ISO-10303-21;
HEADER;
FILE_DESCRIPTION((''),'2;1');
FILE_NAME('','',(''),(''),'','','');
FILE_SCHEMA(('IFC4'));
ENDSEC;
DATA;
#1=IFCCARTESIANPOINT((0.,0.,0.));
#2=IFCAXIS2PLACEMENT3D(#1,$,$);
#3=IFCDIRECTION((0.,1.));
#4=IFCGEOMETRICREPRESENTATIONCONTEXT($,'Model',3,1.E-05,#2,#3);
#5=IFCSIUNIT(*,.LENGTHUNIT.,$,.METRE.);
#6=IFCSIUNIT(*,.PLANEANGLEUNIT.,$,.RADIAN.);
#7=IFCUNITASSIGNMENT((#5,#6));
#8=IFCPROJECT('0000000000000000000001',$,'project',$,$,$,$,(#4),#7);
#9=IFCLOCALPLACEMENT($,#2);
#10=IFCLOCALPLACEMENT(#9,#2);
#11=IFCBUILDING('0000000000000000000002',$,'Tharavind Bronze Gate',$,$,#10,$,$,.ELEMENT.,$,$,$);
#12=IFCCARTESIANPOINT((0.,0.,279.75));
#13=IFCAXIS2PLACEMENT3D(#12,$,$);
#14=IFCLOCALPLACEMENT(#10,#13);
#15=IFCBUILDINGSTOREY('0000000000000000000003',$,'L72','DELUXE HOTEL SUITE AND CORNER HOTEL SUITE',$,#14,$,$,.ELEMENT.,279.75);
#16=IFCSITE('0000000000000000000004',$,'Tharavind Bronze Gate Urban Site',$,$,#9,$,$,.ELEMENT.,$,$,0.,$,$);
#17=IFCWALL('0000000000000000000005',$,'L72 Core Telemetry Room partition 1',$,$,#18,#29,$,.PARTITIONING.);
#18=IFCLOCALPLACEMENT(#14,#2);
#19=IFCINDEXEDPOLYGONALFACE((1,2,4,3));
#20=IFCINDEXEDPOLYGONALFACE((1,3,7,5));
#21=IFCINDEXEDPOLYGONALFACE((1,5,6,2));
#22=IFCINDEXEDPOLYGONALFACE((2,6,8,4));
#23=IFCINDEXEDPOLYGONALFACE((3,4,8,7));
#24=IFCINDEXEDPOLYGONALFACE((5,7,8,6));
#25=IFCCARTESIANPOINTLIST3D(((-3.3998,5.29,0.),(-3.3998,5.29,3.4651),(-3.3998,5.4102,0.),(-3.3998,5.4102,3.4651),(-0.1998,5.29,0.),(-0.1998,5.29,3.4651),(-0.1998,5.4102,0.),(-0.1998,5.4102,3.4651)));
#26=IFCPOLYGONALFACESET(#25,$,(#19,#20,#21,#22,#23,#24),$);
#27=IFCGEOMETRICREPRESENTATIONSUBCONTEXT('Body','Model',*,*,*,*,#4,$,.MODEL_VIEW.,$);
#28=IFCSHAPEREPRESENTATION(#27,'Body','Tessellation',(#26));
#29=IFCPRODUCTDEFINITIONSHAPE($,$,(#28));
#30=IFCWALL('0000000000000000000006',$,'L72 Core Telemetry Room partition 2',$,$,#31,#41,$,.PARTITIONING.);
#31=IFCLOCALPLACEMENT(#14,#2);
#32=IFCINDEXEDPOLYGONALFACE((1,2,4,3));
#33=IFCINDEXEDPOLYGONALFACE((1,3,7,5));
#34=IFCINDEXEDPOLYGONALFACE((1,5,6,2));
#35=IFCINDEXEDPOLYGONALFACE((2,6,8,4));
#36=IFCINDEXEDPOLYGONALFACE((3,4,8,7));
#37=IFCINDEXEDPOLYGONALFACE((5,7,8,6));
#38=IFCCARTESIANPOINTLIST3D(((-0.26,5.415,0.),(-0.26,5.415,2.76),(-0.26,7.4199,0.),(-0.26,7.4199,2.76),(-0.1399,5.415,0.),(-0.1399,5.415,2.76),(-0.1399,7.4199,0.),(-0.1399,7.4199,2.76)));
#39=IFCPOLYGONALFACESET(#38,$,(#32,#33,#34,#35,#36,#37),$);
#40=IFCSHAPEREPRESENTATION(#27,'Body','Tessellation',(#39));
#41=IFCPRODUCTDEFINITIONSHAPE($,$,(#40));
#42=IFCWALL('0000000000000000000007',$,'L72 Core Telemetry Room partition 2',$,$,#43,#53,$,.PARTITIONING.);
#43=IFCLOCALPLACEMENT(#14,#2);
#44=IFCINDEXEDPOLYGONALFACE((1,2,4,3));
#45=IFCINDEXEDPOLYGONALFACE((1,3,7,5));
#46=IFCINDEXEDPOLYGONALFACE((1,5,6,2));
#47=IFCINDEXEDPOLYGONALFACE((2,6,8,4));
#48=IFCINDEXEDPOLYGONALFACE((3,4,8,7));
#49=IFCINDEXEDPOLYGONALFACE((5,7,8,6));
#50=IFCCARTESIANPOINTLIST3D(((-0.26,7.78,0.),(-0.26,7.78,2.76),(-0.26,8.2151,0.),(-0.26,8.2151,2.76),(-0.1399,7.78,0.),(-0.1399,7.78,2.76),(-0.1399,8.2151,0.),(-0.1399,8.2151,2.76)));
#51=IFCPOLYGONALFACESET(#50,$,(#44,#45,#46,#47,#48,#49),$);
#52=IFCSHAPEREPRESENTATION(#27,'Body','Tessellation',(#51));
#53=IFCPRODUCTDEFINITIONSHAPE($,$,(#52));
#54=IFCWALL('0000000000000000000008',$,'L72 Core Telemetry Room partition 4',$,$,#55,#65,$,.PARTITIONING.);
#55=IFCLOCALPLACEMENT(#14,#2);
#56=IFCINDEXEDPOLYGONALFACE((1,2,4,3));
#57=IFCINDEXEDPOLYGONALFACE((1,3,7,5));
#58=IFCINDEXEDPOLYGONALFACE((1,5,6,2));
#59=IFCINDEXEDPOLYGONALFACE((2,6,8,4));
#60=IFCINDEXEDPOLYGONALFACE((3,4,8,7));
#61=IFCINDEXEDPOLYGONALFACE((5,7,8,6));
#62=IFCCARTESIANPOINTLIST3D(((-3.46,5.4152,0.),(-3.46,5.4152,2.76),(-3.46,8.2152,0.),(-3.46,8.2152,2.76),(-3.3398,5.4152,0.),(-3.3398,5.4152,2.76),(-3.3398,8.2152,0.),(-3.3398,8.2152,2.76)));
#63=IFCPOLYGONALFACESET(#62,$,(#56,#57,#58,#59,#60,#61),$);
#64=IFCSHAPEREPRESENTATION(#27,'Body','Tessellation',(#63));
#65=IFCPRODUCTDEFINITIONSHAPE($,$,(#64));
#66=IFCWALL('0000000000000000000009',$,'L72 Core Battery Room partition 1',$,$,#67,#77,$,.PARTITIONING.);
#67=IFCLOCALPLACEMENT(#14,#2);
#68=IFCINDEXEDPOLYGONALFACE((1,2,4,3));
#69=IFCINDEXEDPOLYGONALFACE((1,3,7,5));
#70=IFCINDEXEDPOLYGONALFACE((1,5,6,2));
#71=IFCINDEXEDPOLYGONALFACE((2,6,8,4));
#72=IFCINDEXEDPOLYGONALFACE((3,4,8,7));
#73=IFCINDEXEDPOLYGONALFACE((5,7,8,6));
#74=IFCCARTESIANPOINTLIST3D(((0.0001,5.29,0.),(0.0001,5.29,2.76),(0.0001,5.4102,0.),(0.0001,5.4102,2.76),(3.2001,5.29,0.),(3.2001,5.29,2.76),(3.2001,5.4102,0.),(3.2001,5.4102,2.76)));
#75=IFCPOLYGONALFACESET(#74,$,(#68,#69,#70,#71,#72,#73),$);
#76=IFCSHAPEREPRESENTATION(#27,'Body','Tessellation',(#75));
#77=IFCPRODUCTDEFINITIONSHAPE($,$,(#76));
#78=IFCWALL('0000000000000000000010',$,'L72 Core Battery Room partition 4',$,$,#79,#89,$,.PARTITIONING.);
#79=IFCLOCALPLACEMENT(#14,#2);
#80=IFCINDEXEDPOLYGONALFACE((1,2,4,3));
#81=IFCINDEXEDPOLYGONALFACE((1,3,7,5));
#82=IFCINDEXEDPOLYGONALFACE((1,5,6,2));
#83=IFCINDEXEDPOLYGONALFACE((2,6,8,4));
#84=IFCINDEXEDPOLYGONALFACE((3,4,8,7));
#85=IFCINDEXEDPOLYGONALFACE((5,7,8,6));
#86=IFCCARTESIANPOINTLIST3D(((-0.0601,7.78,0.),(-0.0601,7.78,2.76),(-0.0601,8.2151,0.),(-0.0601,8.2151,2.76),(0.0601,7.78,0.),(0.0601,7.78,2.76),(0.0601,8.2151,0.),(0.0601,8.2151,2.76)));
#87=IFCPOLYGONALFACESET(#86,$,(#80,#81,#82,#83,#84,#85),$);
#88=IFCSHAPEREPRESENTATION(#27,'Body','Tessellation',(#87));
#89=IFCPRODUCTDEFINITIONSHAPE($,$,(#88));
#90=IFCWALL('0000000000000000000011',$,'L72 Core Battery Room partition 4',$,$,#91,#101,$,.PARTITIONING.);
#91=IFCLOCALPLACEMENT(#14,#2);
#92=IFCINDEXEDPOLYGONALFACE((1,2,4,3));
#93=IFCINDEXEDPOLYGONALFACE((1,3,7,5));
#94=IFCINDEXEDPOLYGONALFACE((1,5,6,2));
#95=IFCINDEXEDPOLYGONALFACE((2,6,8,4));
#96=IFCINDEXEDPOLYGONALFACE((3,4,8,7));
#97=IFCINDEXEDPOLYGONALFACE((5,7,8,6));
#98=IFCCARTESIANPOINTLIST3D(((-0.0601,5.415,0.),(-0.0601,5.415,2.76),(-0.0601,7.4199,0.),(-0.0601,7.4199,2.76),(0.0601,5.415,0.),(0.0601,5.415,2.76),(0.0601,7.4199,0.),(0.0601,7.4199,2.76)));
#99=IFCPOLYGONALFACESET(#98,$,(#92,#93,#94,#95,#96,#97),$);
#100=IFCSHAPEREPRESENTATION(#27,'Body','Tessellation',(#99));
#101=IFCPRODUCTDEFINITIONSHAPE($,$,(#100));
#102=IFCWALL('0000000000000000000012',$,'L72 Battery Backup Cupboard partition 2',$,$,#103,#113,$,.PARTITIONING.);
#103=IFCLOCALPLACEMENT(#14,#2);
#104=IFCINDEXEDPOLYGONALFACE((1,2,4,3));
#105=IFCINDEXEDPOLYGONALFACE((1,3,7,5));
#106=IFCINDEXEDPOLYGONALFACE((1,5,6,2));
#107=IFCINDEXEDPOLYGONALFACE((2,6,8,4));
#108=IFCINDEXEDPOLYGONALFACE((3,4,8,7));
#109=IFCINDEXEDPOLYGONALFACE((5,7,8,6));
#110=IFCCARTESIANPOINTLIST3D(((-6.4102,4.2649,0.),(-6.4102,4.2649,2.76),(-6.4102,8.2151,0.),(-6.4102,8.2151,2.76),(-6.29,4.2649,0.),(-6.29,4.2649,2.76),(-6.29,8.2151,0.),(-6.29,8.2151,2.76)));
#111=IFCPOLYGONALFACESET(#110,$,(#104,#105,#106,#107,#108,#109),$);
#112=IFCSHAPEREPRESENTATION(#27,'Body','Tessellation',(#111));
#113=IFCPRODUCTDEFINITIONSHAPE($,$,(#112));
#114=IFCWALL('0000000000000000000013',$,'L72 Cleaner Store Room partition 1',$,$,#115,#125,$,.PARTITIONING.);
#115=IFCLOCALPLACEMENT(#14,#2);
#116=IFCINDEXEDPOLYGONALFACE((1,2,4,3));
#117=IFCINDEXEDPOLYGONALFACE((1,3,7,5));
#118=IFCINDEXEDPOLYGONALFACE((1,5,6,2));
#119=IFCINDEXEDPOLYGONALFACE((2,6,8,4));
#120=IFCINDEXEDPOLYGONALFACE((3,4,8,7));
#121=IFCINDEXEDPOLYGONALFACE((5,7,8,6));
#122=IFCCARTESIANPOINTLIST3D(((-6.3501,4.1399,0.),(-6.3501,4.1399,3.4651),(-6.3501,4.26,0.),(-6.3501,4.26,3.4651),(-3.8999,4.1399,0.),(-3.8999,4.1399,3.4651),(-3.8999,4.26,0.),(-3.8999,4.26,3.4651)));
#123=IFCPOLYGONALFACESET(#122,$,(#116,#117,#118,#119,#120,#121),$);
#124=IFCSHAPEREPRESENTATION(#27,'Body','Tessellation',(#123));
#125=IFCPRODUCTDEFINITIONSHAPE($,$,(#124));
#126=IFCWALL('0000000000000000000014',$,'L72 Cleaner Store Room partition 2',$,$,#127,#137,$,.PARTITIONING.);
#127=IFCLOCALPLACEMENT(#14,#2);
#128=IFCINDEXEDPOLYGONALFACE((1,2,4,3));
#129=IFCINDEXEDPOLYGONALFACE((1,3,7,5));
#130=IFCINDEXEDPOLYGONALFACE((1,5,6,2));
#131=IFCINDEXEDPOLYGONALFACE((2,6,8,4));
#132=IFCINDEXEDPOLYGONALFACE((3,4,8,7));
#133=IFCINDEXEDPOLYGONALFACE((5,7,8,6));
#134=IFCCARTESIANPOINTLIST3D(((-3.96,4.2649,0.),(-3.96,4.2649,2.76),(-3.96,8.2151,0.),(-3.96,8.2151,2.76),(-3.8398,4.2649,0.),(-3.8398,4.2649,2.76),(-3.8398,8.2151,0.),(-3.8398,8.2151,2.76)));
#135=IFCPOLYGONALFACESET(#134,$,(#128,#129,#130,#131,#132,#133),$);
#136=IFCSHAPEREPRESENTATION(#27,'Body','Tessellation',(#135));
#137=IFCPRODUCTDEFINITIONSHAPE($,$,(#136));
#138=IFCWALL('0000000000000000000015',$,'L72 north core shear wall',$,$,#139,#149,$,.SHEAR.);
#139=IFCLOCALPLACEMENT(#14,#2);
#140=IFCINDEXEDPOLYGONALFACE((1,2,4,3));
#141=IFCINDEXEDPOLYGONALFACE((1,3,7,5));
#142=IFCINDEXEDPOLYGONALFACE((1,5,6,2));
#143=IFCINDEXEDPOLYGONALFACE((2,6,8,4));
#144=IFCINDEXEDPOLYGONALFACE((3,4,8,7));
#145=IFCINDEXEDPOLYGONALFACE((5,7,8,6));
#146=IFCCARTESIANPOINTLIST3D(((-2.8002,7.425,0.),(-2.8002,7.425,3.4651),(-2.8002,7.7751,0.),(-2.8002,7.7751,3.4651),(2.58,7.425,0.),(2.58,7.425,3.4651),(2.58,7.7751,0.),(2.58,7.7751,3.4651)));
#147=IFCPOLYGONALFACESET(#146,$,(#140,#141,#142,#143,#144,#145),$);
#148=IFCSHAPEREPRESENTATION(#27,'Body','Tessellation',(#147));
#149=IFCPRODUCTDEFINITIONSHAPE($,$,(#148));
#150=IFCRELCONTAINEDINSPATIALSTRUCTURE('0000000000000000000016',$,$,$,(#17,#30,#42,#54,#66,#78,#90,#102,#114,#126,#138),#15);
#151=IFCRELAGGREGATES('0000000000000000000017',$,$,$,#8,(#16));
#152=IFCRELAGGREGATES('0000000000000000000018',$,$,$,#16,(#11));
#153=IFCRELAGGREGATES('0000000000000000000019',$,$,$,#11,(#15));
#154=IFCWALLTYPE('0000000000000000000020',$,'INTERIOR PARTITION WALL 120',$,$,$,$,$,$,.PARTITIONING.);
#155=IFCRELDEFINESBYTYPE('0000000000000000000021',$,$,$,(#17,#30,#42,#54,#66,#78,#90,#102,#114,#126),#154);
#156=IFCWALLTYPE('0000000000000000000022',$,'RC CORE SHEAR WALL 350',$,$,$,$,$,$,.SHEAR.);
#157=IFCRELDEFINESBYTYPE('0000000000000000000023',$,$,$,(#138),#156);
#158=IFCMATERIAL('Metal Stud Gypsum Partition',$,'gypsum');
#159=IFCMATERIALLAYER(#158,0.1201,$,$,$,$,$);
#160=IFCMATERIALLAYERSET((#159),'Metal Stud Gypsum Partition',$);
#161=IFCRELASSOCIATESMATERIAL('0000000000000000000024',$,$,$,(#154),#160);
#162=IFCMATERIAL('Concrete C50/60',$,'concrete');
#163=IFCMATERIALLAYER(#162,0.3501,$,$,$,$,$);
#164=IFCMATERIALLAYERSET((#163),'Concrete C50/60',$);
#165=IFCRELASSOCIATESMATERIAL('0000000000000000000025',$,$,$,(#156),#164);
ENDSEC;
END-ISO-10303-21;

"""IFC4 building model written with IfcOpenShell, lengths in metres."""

from ifc_helpers import new_model, si_unit, direction, frame, frame_2d, origin, place, context, subcontext, project, spatial, rectangle, extrude, material, layer, layer_set, type_object, element, save


model = new_model("IFC4")

# Units and contexts
model_context = context("Model", 3, precision=1e-05, world=origin(), true_north=direction((0.0, 1.0)))
body_context = subcontext(model_context, "Body", "Model", "MODEL_VIEW")
ifc_project = project(units=[si_unit("LENGTHUNIT", "METRE"), si_unit("PLANEANGLEUNIT", "RADIAN")], contexts=[model_context])

# Site, building, storey
site_placement = place(None, origin())
site = spatial("IfcSite", under=ifc_project, at=site_placement, Name="Tharavind Bronze Gate Urban Site", CompositionType="ELEMENT", RefElevation=0.0)
building_placement = place(site_placement, origin())
building = spatial("IfcBuilding", under=site, at=building_placement, Name="Tharavind Bronze Gate", CompositionType="ELEMENT")
storey_placement = place(building_placement, frame((0.0, 0.0, 279.75)))
storey = spatial("IfcBuildingStorey", under=building, at=storey_placement, Name="L72", Description="DELUXE HOTEL SUITE AND CORNER HOTEL SUITE", CompositionType="ELEMENT", Elevation=279.75)

# Shared definitions
ifc_material_1 = material(Name="Metal Stud Gypsum Partition", Category="gypsum")
ifc_layer_1 = layer(ifc_material_1, 0.1201)
ifc_layer_set_1 = layer_set([ifc_layer_1], Name="Metal Stud Gypsum Partition")
wall_type_1 = type_object("IfcWallType", Name="INTERIOR PARTITION WALL 120", PredefinedType="PARTITIONING", material=ifc_layer_set_1)

# Walls
wall_1_placement = place(storey_placement, frame((-3.3999, 5.3501, 0.0), z_axis=(0.0, 0.0, 1.0), x_axis=(1.0, 0.0, 0.0)))
element("IfcWall", 1, at=wall_1_placement, inside=storey, type_object=wall_type_1, Name="L72 Core Telemetry Room partition 1", PredefinedType="PARTITIONING", context=body_context, shape_type="SweptSolid", body=[
    extrude(rectangle(XDim=3.2, YDim=0.1201, at=frame_2d((1.6001, 0.0))), origin(), (0.0, 0.0, 1.0), 3.4651),
])
wall_2_placement = place(storey_placement, frame((-0.2, 5.415, 0.0), z_axis=(0.0, 0.0, 1.0), x_axis=(0.0, 1.0, 0.0)))
element("IfcWall", 2, at=wall_2_placement, inside=storey, type_object=wall_type_1, Name="L72 Core Telemetry Room partition 2", PredefinedType="PARTITIONING", context=body_context, shape_type="SweptSolid", body=[
    extrude(rectangle(XDim=2.0049, YDim=0.1201, at=frame_2d((1.0024, 0.0))), origin(), (0.0, 0.0, 1.0), 2.76),
])
wall_3_placement = place(storey_placement, frame((-0.2, 7.78, 0.0), z_axis=(0.0, 0.0, 1.0), x_axis=(0.0, 1.0, 0.0)))
element("IfcWall", 3, at=wall_3_placement, inside=storey, type_object=wall_type_1, Name="L72 Core Telemetry Room partition 2", PredefinedType="PARTITIONING", context=body_context, shape_type="SweptSolid", body=[
    extrude(rectangle(XDim=0.4351, YDim=0.1201, at=frame_2d((0.2175, 0.0))), origin(), (0.0, 0.0, 1.0), 2.76),
])
wall_4_placement = place(storey_placement, frame((-3.3999, 8.2151, 0.0), z_axis=(0.0, 0.0, 1.0), x_axis=(0.0, -1.0, 0.0)))
element("IfcWall", 4, at=wall_4_placement, inside=storey, type_object=wall_type_1, Name="L72 Core Telemetry Room partition 4", PredefinedType="PARTITIONING", context=body_context, shape_type="SweptSolid", body=[
    extrude(rectangle(XDim=2.8, YDim=0.1201, at=frame_2d((1.3999, 0.0))), origin(), (0.0, 0.0, 1.0), 2.76),
])
wall_5_placement = place(storey_placement, frame((0.0, 5.3501, 0.0), z_axis=(0.0, 0.0, 1.0), x_axis=(1.0, 0.0, 0.0)))
element("IfcWall", 5, at=wall_5_placement, inside=storey, type_object=wall_type_1, Name="L72 Core Battery Room partition 1", PredefinedType="PARTITIONING", context=body_context, shape_type="SweptSolid", body=[
    extrude(rectangle(XDim=3.2, YDim=0.1201, at=frame_2d((1.6001, 0.0))), origin(), (0.0, 0.0, 1.0), 2.76),
])
wall_6_placement = place(storey_placement, frame((0.0, 8.2151, 0.0), z_axis=(0.0, 0.0, 1.0), x_axis=(0.0, -1.0, 0.0)))
element("IfcWall", 6, at=wall_6_placement, inside=storey, type_object=wall_type_1, Name="L72 Core Battery Room partition 4", PredefinedType="PARTITIONING", context=body_context, shape_type="SweptSolid", body=[
    extrude(rectangle(XDim=0.4351, YDim=0.1201, at=frame_2d((0.2175, 0.0))), origin(), (0.0, 0.0, 1.0), 2.76),
])
wall_7_placement = place(storey_placement, frame((0.0, 7.4199, 0.0), z_axis=(0.0, 0.0, 1.0), x_axis=(0.0, -1.0, 0.0)))
element("IfcWall", 7, at=wall_7_placement, inside=storey, type_object=wall_type_1, Name="L72 Core Battery Room partition 4", PredefinedType="PARTITIONING", context=body_context, shape_type="SweptSolid", body=[
    extrude(rectangle(XDim=2.0049, YDim=0.1201, at=frame_2d((1.0024, 0.0))), origin(), (0.0, 0.0, 1.0), 2.76),
])
wall_8_placement = place(storey_placement, frame((-6.3501, 4.2649, 0.0), z_axis=(0.0, 0.0, 1.0), x_axis=(0.0, 1.0, 0.0)))
element("IfcWall", 8, at=wall_8_placement, inside=storey, type_object=wall_type_1, Name="L72 Battery Backup Cupboard partition 2", PredefinedType="PARTITIONING", context=body_context, shape_type="SweptSolid", body=[
    extrude(rectangle(XDim=3.9502, YDim=0.1201, at=frame_2d((1.9751, 0.0))), origin(), (0.0, 0.0, 1.0), 2.76),
])
wall_9_placement = place(storey_placement, frame((-6.3501, 4.2, 0.0), z_axis=(0.0, 0.0, 1.0), x_axis=(1.0, 0.0, 0.0)))
element("IfcWall", 9, at=wall_9_placement, inside=storey, type_object=wall_type_1, Name="L72 Cleaner Store Room partition 1", PredefinedType="PARTITIONING", context=body_context, shape_type="SweptSolid", body=[
    extrude(rectangle(XDim=2.4502, YDim=0.1201, at=frame_2d((1.2251, 0.0))), origin(), (0.0, 0.0, 1.0), 3.4651),
])
wall_10_placement = place(storey_placement, frame((-3.8999, 4.2649, 0.0), z_axis=(0.0, 0.0, 1.0), x_axis=(0.0, 1.0, 0.0)))
element("IfcWall", 10, at=wall_10_placement, inside=storey, type_object=wall_type_1, Name="L72 Cleaner Store Room partition 2", PredefinedType="PARTITIONING", context=body_context, shape_type="SweptSolid", body=[
    extrude(rectangle(XDim=3.9502, YDim=0.1201, at=frame_2d((1.9751, 0.0))), origin(), (0.0, 0.0, 1.0), 2.76),
])
ifc_material_2 = material(Name="Concrete C50/60", Category="concrete")
ifc_layer_2 = layer(ifc_material_2, 0.3501)
ifc_layer_set_2 = layer_set([ifc_layer_2], Name="Concrete C50/60")
wall_type_2 = type_object("IfcWallType", Name="RC CORE SHEAR WALL 350", PredefinedType="SHEAR", material=ifc_layer_set_2)
wall_11_placement = place(storey_placement, frame((-2.8, 7.6001, 0.0), z_axis=(0.0, 0.0, 1.0), x_axis=(1.0, 0.0, 0.0)))
element("IfcWall", 11, at=wall_11_placement, inside=storey, type_object=wall_type_2, Name="L72 north core shear wall", PredefinedType="SHEAR", context=body_context, shape_type="SweptSolid", body=[
    extrude(rectangle(XDim=5.3801, YDim=0.3501, at=frame_2d((2.6899, 0.0))), origin(), (0.0, 0.0, 1.0), 3.4651),
])

save(model, "model.ifc")
